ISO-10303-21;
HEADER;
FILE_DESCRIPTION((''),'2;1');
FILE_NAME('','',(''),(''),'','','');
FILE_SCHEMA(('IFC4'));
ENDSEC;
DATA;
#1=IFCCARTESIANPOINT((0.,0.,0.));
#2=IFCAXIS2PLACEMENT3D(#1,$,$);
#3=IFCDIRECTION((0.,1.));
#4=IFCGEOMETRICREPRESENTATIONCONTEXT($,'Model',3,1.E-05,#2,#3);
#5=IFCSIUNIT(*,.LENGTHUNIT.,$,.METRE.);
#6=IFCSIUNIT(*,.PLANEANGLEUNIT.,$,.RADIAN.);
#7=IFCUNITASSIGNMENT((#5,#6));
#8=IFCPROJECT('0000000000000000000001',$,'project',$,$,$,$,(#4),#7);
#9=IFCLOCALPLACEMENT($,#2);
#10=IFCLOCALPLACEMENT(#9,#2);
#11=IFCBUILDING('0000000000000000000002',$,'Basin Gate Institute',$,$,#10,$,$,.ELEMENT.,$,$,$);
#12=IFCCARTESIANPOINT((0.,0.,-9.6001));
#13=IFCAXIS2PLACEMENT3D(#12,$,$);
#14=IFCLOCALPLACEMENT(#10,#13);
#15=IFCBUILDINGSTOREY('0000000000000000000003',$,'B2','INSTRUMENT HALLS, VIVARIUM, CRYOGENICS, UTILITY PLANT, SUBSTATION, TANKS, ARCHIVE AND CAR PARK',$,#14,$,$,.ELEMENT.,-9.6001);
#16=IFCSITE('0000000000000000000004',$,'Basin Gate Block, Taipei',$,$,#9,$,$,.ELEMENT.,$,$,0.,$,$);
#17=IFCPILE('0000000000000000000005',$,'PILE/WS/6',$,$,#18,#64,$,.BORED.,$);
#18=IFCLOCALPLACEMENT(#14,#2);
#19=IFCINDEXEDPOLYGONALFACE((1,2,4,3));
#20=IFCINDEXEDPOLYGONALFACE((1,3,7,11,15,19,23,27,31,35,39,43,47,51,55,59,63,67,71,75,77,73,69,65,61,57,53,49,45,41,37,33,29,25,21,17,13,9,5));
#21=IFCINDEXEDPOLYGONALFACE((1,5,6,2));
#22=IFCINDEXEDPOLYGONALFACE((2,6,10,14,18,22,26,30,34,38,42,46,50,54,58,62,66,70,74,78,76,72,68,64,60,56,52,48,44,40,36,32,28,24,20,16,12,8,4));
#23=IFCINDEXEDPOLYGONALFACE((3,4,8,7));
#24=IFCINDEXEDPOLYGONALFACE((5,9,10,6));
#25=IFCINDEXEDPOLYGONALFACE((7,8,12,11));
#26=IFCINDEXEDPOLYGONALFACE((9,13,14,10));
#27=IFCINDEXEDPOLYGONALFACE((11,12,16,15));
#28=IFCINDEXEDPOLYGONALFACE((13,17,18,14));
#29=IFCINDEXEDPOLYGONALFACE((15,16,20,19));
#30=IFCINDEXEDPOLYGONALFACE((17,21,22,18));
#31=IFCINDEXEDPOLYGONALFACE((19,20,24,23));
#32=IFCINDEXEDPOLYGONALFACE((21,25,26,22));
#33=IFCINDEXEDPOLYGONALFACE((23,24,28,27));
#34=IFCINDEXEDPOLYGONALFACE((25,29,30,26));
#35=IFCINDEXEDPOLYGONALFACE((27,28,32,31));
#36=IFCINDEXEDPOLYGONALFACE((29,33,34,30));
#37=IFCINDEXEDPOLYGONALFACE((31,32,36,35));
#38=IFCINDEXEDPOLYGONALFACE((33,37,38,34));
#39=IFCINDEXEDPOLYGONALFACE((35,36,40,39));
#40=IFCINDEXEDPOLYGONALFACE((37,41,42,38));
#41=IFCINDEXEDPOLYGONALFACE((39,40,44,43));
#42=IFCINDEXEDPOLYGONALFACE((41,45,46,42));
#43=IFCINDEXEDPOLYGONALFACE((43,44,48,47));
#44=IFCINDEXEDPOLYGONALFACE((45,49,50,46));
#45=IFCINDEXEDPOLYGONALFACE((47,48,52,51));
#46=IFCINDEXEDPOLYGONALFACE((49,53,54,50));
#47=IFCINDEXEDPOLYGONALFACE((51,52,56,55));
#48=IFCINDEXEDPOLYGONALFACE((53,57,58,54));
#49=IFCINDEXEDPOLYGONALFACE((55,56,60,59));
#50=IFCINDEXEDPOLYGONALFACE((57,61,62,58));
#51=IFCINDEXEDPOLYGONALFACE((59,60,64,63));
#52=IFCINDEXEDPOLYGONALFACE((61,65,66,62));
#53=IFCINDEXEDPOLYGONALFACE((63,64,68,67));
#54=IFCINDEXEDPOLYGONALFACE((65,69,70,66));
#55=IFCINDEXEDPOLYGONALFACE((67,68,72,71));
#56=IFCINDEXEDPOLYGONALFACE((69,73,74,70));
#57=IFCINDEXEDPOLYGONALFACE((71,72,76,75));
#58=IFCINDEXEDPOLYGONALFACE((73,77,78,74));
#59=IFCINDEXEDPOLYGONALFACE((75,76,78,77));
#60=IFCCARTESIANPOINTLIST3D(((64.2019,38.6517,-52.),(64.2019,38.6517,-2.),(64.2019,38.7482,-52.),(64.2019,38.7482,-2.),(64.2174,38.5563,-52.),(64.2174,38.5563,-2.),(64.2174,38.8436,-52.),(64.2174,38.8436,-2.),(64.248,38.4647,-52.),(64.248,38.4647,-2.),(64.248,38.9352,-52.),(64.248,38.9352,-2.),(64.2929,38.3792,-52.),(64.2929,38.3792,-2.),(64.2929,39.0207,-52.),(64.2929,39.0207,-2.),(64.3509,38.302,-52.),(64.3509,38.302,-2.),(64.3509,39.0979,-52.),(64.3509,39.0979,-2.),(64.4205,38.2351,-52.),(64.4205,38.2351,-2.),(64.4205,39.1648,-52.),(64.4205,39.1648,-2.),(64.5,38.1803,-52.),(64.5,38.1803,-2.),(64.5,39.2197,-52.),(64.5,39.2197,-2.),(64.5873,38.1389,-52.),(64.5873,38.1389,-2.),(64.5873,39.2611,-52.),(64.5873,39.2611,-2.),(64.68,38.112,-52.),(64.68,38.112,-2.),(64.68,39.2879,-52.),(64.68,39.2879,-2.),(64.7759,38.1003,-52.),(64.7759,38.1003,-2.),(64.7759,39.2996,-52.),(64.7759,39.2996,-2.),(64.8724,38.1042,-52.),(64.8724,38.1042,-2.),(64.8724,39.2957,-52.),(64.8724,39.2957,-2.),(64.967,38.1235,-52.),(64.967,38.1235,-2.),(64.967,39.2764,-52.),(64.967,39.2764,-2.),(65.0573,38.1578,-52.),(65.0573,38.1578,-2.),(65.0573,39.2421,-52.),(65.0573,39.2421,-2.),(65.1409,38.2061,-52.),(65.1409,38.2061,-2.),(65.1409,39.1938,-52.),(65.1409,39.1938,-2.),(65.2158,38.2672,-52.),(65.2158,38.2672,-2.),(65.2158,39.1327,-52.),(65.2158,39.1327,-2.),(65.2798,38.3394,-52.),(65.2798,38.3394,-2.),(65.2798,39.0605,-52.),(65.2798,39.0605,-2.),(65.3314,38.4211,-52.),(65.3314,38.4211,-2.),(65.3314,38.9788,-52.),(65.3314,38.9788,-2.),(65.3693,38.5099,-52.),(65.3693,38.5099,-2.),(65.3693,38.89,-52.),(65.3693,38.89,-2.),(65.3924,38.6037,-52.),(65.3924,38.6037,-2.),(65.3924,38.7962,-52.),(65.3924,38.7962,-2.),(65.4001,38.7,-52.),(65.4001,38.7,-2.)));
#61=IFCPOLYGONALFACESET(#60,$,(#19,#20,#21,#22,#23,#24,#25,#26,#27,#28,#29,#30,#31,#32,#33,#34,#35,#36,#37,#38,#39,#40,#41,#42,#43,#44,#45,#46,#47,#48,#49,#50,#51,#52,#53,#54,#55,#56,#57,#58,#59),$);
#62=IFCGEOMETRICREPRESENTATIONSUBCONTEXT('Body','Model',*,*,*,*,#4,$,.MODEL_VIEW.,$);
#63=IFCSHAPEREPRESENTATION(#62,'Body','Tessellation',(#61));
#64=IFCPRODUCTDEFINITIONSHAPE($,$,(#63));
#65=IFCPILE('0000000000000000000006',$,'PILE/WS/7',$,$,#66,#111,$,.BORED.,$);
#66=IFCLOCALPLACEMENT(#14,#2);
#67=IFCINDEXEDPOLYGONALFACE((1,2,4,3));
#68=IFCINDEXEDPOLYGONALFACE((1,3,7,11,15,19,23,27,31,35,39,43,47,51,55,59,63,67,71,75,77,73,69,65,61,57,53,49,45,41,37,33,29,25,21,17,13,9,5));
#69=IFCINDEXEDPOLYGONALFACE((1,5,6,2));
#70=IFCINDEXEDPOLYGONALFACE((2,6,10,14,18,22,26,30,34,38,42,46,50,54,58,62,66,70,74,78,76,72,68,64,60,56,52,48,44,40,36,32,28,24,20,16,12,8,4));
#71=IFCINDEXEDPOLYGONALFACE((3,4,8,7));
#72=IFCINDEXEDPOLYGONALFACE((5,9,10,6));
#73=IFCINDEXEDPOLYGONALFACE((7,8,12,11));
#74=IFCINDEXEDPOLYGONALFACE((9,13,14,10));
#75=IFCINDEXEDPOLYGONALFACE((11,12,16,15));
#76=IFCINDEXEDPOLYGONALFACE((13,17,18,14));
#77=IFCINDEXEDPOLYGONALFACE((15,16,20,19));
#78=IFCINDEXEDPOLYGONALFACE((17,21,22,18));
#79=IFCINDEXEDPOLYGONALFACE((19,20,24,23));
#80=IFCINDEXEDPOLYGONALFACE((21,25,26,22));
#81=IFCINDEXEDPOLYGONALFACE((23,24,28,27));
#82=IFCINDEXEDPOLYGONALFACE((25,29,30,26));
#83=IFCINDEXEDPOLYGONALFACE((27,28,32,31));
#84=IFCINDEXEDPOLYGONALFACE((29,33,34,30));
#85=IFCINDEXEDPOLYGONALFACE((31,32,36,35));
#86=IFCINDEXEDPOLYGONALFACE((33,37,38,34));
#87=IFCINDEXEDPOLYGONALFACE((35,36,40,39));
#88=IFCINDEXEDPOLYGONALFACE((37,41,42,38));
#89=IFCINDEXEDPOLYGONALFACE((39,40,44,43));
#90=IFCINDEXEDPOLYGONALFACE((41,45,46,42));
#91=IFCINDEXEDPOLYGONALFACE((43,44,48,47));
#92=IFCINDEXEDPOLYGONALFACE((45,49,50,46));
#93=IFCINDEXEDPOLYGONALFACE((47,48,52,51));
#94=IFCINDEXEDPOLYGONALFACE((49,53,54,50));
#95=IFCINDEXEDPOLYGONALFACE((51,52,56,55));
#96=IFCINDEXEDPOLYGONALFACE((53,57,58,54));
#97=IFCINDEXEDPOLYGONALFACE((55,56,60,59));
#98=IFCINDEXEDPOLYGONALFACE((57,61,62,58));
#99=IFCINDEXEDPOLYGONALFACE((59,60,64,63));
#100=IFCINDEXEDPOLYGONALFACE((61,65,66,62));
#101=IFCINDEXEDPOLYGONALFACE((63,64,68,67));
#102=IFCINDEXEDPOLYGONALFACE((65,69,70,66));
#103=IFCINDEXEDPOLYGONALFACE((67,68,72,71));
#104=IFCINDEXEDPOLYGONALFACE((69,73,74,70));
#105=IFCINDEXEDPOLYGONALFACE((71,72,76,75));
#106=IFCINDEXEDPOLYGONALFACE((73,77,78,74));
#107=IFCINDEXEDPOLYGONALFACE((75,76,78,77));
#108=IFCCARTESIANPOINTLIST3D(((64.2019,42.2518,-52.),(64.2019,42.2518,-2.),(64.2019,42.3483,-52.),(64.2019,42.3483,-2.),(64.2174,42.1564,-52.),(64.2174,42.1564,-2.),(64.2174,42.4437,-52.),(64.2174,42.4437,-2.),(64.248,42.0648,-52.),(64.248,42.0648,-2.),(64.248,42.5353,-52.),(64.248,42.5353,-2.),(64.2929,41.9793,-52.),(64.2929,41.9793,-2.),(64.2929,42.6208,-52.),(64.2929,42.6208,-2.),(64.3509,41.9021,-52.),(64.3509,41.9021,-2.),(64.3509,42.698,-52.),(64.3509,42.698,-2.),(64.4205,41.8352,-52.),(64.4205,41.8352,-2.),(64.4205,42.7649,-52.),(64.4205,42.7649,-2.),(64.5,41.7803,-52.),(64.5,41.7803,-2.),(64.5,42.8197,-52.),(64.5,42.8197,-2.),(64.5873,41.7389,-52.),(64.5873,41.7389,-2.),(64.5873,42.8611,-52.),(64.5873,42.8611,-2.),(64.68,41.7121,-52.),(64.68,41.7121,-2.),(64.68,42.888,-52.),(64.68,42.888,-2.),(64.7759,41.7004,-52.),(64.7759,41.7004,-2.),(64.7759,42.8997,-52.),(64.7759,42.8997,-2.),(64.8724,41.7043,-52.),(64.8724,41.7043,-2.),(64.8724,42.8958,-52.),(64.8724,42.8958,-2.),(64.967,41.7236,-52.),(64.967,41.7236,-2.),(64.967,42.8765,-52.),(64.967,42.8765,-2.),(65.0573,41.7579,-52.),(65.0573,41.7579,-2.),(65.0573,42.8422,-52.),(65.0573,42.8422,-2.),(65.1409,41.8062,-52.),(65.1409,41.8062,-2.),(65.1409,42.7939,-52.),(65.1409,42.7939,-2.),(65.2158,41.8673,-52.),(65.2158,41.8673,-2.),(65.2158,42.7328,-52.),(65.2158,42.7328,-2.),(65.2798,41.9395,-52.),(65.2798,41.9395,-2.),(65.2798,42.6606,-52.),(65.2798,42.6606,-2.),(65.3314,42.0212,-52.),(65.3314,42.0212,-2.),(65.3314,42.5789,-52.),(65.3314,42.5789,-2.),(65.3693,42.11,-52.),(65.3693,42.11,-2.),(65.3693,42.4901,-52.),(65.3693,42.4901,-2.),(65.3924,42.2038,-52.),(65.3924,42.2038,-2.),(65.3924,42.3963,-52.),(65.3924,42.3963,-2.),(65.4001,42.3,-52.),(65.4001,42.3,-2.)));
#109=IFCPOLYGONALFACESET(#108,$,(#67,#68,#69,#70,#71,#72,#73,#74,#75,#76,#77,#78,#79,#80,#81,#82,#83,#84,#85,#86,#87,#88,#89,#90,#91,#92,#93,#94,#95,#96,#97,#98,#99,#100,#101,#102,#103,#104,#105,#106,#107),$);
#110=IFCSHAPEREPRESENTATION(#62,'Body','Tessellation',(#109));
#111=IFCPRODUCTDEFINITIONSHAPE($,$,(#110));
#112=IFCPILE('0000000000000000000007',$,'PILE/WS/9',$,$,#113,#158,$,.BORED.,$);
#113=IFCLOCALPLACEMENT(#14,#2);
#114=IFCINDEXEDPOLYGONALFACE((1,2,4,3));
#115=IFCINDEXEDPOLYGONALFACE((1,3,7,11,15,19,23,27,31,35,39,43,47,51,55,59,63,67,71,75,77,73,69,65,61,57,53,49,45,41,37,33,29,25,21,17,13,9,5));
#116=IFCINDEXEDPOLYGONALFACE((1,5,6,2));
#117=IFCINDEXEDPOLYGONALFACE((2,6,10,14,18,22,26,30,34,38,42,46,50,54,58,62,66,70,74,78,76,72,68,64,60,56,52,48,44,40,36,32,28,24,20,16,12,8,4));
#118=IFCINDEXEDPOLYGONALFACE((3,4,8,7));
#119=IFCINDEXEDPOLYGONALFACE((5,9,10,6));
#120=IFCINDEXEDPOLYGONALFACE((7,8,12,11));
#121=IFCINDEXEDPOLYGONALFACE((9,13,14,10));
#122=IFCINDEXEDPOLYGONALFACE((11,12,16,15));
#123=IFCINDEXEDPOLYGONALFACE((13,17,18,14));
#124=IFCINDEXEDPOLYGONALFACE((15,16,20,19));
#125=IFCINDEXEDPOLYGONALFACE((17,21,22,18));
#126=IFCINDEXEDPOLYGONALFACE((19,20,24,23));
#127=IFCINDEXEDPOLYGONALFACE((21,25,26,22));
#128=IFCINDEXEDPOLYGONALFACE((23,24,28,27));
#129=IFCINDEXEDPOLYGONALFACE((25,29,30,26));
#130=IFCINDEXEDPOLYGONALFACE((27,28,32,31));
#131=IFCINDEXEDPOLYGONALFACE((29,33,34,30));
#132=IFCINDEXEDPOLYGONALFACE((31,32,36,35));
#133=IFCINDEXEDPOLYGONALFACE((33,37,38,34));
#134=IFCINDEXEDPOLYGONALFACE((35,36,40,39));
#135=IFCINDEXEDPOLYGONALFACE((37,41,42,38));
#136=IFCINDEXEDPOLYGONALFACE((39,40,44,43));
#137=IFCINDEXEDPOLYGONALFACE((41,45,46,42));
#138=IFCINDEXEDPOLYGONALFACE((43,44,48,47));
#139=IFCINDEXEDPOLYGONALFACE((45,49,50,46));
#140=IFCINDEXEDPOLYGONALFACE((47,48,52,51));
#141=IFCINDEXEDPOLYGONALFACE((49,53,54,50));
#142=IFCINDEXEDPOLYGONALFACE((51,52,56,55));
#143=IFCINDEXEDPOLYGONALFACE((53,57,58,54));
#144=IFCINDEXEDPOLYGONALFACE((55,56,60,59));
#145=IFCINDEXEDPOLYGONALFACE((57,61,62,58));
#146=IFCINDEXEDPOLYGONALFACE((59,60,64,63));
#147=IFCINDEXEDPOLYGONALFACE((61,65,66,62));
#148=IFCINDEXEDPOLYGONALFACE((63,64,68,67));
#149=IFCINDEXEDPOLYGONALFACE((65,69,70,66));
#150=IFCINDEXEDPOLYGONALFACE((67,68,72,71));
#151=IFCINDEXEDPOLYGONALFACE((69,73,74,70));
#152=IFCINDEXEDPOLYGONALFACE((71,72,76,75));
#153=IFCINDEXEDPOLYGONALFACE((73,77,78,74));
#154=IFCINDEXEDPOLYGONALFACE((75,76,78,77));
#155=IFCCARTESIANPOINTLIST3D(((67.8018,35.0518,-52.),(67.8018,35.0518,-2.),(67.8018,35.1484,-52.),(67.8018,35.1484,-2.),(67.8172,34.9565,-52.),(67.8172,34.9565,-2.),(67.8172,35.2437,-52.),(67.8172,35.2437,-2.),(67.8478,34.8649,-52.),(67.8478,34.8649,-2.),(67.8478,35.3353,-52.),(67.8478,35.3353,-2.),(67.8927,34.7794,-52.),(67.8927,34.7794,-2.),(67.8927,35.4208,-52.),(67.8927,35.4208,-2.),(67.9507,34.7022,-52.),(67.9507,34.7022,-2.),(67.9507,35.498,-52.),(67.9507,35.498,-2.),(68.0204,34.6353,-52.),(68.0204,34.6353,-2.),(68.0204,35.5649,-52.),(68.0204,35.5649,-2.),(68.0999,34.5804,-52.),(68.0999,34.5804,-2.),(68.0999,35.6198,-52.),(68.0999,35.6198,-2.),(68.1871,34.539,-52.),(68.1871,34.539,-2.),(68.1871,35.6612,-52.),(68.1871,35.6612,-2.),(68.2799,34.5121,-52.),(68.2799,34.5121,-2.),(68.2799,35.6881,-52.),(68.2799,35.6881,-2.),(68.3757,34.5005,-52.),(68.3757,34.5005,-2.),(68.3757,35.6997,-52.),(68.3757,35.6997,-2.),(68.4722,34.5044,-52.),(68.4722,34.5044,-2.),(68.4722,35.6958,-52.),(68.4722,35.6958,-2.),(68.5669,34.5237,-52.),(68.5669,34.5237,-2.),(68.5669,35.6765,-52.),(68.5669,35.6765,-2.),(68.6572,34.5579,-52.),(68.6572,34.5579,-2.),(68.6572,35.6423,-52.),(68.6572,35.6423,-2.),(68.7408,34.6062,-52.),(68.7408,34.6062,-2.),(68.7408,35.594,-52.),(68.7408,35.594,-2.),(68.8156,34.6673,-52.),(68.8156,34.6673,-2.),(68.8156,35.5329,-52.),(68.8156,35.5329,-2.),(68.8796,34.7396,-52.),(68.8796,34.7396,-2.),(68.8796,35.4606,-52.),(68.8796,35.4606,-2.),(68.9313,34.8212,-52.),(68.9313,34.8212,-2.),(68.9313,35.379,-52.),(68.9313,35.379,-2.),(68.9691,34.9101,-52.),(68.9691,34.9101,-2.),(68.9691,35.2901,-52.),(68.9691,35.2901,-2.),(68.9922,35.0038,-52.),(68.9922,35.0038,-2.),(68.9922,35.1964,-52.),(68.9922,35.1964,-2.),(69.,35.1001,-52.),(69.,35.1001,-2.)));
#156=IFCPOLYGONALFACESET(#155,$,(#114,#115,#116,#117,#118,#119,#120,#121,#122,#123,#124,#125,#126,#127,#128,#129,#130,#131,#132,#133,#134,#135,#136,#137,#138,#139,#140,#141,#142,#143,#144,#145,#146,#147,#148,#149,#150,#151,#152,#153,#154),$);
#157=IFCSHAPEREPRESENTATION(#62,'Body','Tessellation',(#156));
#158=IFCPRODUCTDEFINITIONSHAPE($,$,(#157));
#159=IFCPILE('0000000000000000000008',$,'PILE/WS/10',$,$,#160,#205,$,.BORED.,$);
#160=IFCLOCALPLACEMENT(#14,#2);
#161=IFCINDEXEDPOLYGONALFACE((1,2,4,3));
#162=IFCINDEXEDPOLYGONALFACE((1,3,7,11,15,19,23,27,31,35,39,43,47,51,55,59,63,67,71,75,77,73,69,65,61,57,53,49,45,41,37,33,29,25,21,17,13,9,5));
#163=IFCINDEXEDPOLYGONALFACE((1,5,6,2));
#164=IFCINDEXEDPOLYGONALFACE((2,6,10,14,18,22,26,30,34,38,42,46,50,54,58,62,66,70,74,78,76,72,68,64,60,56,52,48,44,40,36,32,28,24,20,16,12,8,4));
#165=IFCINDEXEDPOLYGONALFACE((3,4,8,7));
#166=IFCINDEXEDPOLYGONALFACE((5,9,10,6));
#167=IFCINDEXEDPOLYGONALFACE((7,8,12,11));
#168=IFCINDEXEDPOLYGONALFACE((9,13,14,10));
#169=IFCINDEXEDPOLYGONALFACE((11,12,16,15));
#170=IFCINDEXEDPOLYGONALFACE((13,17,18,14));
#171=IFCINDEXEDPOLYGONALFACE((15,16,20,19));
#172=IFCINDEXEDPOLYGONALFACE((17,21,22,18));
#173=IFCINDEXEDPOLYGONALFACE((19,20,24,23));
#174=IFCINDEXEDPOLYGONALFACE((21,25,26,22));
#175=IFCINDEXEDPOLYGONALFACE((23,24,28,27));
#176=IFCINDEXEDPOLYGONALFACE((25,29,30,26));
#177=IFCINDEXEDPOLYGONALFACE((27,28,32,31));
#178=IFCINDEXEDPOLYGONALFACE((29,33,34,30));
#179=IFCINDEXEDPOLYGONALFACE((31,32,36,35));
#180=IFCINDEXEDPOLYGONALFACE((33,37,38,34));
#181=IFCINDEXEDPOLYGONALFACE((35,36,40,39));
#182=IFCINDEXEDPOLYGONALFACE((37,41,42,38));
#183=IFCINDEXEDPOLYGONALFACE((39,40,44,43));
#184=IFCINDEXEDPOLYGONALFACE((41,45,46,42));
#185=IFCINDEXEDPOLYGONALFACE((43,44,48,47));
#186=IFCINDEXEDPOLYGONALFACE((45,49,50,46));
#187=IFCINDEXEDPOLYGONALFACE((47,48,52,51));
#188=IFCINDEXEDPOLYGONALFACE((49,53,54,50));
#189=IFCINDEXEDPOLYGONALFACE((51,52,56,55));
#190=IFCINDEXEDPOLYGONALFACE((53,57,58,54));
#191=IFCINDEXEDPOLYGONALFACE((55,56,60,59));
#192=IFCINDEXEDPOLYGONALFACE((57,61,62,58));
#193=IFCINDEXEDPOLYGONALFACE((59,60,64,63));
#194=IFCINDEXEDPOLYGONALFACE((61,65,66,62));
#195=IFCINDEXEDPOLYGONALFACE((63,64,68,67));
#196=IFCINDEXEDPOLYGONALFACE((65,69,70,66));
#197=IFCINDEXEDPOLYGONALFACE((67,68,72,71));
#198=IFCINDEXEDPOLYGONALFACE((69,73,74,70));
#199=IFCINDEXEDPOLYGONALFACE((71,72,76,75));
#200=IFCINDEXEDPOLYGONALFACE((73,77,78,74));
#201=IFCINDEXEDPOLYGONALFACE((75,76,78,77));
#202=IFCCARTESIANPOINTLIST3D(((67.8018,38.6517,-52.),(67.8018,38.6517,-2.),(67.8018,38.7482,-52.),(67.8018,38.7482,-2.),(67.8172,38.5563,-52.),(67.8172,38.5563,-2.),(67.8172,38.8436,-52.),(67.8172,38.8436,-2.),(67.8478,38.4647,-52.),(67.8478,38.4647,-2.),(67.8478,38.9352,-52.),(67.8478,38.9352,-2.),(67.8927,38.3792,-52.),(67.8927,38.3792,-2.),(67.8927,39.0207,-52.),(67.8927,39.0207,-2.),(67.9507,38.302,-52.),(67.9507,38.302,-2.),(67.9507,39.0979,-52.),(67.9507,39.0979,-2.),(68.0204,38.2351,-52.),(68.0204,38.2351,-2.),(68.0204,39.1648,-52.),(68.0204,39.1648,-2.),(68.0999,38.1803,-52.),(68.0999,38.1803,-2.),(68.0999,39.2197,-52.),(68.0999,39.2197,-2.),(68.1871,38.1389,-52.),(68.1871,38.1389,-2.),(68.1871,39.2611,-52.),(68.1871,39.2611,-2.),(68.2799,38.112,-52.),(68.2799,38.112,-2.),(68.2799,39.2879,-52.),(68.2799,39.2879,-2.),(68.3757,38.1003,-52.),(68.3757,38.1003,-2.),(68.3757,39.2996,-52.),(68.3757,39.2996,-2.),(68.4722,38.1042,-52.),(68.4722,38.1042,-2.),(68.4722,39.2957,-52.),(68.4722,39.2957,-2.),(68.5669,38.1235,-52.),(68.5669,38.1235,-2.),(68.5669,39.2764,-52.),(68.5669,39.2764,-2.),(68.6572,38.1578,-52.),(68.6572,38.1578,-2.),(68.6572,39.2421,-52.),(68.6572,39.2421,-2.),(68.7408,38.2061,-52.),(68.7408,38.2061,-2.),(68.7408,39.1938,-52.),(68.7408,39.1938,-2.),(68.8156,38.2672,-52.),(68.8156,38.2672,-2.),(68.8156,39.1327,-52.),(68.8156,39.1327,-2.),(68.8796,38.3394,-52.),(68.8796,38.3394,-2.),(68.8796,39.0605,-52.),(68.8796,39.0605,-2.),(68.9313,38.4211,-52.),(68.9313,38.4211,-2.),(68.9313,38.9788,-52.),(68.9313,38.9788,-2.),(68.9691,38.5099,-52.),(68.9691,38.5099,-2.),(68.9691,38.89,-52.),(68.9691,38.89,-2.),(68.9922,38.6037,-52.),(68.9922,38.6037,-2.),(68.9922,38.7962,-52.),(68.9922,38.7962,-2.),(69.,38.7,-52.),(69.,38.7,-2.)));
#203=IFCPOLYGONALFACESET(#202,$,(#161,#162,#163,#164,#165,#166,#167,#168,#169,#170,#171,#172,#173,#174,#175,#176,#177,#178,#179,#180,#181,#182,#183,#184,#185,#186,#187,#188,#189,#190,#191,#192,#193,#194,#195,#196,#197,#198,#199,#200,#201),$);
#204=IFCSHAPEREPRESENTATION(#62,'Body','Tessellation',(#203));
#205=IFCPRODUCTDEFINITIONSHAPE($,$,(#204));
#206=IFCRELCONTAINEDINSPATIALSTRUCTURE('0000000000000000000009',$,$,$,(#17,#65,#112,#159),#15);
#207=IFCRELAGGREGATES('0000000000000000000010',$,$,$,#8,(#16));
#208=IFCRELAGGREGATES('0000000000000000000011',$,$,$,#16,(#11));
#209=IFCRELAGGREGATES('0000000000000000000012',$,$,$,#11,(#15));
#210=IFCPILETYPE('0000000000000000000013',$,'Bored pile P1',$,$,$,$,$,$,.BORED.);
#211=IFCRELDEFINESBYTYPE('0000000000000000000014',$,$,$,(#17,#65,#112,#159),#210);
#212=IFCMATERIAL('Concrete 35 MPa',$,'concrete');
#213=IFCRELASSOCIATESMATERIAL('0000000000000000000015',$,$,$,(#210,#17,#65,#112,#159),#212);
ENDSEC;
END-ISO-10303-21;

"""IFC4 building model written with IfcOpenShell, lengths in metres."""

from ifc_helpers import new_model, si_unit, direction, frame, origin, origin_2d, place, context, subcontext, project, spatial, circle, extrude, material, material_profile, profile_set, type_object, element, save


model = new_model("IFC4")

# Units and contexts
model_context = context("Model", 3, precision=1e-05, world=origin(), true_north=direction((0.0, 1.0)))
body_context = subcontext(model_context, "Body", "Model", "MODEL_VIEW")
ifc_project = project(units=[si_unit("LENGTHUNIT", "METRE"), si_unit("PLANEANGLEUNIT", "RADIAN")], contexts=[model_context])

# Site, building, storey
site_placement = place(None, origin())
site = spatial("IfcSite", under=ifc_project, at=site_placement, Name="Basin Gate Block, Taipei", CompositionType="ELEMENT", RefElevation=0.0)
building_placement = place(site_placement, origin())
building = spatial("IfcBuilding", under=site, at=building_placement, Name="Basin Gate Institute", CompositionType="ELEMENT")
storey_placement = place(building_placement, frame((0.0, 0.0, -9.6001)))
storey = spatial("IfcBuildingStorey", under=building, at=storey_placement, Name="B2", Description="INSTRUMENT HALLS, VIVARIUM, CRYOGENICS, UTILITY PLANT, SUBSTATION, TANKS, ARCHIVE AND CAR PARK", CompositionType="ELEMENT", Elevation=-9.6001)

# Piles
ifc_material_1 = material(Name="Concrete 35 MPa", Category="concrete")
ifc_material_profile_1 = material_profile(ifc_material_1, circle(Radius=0.6001, at=origin_2d()), Name="Bored pile P1 1200 dia")
ifc_profile_set_1 = profile_set([ifc_material_profile_1], Name="Concrete 35 MPa")
pile_type = type_object("IfcPileType", Name="Bored pile P1", PredefinedType="BORED", material=ifc_profile_set_1)
for number, where, z_axis, x_axis, name in (
    (1, (64.8, 38.7, -2.0), (0.0, 0.0, -1.0), (1.0, 0.0, 0.0), "PILE/WS/6"),
    (2, (64.8, 42.3, -2.0), (0.0, 0.0, -1.0), (1.0, 0.0, 0.0), "PILE/WS/7"),
    (3, (68.3999, 35.1001, -2.0), (0.0, 0.0, -1.0), (1.0, 0.0, 0.0), "PILE/WS/9"),
    (4, (68.3999, 38.7, -2.0), (0.0, 0.0, -1.0), (1.0, 0.0, 0.0), "PILE/WS/10"),
):
    element("IfcPile", number, at=place(storey_placement, frame(where, z_axis=z_axis, x_axis=x_axis)), inside=storey, type_object=pile_type, material=ifc_profile_set_1, Name=name, PredefinedType="BORED", context=body_context, shape_type="SweptSolid", body=[
        extrude(circle(Radius=0.6001, at=origin_2d()), origin(), (0.0, 0.0, 1.0), 50.0),
    ])

save(model, "model.ifc")
